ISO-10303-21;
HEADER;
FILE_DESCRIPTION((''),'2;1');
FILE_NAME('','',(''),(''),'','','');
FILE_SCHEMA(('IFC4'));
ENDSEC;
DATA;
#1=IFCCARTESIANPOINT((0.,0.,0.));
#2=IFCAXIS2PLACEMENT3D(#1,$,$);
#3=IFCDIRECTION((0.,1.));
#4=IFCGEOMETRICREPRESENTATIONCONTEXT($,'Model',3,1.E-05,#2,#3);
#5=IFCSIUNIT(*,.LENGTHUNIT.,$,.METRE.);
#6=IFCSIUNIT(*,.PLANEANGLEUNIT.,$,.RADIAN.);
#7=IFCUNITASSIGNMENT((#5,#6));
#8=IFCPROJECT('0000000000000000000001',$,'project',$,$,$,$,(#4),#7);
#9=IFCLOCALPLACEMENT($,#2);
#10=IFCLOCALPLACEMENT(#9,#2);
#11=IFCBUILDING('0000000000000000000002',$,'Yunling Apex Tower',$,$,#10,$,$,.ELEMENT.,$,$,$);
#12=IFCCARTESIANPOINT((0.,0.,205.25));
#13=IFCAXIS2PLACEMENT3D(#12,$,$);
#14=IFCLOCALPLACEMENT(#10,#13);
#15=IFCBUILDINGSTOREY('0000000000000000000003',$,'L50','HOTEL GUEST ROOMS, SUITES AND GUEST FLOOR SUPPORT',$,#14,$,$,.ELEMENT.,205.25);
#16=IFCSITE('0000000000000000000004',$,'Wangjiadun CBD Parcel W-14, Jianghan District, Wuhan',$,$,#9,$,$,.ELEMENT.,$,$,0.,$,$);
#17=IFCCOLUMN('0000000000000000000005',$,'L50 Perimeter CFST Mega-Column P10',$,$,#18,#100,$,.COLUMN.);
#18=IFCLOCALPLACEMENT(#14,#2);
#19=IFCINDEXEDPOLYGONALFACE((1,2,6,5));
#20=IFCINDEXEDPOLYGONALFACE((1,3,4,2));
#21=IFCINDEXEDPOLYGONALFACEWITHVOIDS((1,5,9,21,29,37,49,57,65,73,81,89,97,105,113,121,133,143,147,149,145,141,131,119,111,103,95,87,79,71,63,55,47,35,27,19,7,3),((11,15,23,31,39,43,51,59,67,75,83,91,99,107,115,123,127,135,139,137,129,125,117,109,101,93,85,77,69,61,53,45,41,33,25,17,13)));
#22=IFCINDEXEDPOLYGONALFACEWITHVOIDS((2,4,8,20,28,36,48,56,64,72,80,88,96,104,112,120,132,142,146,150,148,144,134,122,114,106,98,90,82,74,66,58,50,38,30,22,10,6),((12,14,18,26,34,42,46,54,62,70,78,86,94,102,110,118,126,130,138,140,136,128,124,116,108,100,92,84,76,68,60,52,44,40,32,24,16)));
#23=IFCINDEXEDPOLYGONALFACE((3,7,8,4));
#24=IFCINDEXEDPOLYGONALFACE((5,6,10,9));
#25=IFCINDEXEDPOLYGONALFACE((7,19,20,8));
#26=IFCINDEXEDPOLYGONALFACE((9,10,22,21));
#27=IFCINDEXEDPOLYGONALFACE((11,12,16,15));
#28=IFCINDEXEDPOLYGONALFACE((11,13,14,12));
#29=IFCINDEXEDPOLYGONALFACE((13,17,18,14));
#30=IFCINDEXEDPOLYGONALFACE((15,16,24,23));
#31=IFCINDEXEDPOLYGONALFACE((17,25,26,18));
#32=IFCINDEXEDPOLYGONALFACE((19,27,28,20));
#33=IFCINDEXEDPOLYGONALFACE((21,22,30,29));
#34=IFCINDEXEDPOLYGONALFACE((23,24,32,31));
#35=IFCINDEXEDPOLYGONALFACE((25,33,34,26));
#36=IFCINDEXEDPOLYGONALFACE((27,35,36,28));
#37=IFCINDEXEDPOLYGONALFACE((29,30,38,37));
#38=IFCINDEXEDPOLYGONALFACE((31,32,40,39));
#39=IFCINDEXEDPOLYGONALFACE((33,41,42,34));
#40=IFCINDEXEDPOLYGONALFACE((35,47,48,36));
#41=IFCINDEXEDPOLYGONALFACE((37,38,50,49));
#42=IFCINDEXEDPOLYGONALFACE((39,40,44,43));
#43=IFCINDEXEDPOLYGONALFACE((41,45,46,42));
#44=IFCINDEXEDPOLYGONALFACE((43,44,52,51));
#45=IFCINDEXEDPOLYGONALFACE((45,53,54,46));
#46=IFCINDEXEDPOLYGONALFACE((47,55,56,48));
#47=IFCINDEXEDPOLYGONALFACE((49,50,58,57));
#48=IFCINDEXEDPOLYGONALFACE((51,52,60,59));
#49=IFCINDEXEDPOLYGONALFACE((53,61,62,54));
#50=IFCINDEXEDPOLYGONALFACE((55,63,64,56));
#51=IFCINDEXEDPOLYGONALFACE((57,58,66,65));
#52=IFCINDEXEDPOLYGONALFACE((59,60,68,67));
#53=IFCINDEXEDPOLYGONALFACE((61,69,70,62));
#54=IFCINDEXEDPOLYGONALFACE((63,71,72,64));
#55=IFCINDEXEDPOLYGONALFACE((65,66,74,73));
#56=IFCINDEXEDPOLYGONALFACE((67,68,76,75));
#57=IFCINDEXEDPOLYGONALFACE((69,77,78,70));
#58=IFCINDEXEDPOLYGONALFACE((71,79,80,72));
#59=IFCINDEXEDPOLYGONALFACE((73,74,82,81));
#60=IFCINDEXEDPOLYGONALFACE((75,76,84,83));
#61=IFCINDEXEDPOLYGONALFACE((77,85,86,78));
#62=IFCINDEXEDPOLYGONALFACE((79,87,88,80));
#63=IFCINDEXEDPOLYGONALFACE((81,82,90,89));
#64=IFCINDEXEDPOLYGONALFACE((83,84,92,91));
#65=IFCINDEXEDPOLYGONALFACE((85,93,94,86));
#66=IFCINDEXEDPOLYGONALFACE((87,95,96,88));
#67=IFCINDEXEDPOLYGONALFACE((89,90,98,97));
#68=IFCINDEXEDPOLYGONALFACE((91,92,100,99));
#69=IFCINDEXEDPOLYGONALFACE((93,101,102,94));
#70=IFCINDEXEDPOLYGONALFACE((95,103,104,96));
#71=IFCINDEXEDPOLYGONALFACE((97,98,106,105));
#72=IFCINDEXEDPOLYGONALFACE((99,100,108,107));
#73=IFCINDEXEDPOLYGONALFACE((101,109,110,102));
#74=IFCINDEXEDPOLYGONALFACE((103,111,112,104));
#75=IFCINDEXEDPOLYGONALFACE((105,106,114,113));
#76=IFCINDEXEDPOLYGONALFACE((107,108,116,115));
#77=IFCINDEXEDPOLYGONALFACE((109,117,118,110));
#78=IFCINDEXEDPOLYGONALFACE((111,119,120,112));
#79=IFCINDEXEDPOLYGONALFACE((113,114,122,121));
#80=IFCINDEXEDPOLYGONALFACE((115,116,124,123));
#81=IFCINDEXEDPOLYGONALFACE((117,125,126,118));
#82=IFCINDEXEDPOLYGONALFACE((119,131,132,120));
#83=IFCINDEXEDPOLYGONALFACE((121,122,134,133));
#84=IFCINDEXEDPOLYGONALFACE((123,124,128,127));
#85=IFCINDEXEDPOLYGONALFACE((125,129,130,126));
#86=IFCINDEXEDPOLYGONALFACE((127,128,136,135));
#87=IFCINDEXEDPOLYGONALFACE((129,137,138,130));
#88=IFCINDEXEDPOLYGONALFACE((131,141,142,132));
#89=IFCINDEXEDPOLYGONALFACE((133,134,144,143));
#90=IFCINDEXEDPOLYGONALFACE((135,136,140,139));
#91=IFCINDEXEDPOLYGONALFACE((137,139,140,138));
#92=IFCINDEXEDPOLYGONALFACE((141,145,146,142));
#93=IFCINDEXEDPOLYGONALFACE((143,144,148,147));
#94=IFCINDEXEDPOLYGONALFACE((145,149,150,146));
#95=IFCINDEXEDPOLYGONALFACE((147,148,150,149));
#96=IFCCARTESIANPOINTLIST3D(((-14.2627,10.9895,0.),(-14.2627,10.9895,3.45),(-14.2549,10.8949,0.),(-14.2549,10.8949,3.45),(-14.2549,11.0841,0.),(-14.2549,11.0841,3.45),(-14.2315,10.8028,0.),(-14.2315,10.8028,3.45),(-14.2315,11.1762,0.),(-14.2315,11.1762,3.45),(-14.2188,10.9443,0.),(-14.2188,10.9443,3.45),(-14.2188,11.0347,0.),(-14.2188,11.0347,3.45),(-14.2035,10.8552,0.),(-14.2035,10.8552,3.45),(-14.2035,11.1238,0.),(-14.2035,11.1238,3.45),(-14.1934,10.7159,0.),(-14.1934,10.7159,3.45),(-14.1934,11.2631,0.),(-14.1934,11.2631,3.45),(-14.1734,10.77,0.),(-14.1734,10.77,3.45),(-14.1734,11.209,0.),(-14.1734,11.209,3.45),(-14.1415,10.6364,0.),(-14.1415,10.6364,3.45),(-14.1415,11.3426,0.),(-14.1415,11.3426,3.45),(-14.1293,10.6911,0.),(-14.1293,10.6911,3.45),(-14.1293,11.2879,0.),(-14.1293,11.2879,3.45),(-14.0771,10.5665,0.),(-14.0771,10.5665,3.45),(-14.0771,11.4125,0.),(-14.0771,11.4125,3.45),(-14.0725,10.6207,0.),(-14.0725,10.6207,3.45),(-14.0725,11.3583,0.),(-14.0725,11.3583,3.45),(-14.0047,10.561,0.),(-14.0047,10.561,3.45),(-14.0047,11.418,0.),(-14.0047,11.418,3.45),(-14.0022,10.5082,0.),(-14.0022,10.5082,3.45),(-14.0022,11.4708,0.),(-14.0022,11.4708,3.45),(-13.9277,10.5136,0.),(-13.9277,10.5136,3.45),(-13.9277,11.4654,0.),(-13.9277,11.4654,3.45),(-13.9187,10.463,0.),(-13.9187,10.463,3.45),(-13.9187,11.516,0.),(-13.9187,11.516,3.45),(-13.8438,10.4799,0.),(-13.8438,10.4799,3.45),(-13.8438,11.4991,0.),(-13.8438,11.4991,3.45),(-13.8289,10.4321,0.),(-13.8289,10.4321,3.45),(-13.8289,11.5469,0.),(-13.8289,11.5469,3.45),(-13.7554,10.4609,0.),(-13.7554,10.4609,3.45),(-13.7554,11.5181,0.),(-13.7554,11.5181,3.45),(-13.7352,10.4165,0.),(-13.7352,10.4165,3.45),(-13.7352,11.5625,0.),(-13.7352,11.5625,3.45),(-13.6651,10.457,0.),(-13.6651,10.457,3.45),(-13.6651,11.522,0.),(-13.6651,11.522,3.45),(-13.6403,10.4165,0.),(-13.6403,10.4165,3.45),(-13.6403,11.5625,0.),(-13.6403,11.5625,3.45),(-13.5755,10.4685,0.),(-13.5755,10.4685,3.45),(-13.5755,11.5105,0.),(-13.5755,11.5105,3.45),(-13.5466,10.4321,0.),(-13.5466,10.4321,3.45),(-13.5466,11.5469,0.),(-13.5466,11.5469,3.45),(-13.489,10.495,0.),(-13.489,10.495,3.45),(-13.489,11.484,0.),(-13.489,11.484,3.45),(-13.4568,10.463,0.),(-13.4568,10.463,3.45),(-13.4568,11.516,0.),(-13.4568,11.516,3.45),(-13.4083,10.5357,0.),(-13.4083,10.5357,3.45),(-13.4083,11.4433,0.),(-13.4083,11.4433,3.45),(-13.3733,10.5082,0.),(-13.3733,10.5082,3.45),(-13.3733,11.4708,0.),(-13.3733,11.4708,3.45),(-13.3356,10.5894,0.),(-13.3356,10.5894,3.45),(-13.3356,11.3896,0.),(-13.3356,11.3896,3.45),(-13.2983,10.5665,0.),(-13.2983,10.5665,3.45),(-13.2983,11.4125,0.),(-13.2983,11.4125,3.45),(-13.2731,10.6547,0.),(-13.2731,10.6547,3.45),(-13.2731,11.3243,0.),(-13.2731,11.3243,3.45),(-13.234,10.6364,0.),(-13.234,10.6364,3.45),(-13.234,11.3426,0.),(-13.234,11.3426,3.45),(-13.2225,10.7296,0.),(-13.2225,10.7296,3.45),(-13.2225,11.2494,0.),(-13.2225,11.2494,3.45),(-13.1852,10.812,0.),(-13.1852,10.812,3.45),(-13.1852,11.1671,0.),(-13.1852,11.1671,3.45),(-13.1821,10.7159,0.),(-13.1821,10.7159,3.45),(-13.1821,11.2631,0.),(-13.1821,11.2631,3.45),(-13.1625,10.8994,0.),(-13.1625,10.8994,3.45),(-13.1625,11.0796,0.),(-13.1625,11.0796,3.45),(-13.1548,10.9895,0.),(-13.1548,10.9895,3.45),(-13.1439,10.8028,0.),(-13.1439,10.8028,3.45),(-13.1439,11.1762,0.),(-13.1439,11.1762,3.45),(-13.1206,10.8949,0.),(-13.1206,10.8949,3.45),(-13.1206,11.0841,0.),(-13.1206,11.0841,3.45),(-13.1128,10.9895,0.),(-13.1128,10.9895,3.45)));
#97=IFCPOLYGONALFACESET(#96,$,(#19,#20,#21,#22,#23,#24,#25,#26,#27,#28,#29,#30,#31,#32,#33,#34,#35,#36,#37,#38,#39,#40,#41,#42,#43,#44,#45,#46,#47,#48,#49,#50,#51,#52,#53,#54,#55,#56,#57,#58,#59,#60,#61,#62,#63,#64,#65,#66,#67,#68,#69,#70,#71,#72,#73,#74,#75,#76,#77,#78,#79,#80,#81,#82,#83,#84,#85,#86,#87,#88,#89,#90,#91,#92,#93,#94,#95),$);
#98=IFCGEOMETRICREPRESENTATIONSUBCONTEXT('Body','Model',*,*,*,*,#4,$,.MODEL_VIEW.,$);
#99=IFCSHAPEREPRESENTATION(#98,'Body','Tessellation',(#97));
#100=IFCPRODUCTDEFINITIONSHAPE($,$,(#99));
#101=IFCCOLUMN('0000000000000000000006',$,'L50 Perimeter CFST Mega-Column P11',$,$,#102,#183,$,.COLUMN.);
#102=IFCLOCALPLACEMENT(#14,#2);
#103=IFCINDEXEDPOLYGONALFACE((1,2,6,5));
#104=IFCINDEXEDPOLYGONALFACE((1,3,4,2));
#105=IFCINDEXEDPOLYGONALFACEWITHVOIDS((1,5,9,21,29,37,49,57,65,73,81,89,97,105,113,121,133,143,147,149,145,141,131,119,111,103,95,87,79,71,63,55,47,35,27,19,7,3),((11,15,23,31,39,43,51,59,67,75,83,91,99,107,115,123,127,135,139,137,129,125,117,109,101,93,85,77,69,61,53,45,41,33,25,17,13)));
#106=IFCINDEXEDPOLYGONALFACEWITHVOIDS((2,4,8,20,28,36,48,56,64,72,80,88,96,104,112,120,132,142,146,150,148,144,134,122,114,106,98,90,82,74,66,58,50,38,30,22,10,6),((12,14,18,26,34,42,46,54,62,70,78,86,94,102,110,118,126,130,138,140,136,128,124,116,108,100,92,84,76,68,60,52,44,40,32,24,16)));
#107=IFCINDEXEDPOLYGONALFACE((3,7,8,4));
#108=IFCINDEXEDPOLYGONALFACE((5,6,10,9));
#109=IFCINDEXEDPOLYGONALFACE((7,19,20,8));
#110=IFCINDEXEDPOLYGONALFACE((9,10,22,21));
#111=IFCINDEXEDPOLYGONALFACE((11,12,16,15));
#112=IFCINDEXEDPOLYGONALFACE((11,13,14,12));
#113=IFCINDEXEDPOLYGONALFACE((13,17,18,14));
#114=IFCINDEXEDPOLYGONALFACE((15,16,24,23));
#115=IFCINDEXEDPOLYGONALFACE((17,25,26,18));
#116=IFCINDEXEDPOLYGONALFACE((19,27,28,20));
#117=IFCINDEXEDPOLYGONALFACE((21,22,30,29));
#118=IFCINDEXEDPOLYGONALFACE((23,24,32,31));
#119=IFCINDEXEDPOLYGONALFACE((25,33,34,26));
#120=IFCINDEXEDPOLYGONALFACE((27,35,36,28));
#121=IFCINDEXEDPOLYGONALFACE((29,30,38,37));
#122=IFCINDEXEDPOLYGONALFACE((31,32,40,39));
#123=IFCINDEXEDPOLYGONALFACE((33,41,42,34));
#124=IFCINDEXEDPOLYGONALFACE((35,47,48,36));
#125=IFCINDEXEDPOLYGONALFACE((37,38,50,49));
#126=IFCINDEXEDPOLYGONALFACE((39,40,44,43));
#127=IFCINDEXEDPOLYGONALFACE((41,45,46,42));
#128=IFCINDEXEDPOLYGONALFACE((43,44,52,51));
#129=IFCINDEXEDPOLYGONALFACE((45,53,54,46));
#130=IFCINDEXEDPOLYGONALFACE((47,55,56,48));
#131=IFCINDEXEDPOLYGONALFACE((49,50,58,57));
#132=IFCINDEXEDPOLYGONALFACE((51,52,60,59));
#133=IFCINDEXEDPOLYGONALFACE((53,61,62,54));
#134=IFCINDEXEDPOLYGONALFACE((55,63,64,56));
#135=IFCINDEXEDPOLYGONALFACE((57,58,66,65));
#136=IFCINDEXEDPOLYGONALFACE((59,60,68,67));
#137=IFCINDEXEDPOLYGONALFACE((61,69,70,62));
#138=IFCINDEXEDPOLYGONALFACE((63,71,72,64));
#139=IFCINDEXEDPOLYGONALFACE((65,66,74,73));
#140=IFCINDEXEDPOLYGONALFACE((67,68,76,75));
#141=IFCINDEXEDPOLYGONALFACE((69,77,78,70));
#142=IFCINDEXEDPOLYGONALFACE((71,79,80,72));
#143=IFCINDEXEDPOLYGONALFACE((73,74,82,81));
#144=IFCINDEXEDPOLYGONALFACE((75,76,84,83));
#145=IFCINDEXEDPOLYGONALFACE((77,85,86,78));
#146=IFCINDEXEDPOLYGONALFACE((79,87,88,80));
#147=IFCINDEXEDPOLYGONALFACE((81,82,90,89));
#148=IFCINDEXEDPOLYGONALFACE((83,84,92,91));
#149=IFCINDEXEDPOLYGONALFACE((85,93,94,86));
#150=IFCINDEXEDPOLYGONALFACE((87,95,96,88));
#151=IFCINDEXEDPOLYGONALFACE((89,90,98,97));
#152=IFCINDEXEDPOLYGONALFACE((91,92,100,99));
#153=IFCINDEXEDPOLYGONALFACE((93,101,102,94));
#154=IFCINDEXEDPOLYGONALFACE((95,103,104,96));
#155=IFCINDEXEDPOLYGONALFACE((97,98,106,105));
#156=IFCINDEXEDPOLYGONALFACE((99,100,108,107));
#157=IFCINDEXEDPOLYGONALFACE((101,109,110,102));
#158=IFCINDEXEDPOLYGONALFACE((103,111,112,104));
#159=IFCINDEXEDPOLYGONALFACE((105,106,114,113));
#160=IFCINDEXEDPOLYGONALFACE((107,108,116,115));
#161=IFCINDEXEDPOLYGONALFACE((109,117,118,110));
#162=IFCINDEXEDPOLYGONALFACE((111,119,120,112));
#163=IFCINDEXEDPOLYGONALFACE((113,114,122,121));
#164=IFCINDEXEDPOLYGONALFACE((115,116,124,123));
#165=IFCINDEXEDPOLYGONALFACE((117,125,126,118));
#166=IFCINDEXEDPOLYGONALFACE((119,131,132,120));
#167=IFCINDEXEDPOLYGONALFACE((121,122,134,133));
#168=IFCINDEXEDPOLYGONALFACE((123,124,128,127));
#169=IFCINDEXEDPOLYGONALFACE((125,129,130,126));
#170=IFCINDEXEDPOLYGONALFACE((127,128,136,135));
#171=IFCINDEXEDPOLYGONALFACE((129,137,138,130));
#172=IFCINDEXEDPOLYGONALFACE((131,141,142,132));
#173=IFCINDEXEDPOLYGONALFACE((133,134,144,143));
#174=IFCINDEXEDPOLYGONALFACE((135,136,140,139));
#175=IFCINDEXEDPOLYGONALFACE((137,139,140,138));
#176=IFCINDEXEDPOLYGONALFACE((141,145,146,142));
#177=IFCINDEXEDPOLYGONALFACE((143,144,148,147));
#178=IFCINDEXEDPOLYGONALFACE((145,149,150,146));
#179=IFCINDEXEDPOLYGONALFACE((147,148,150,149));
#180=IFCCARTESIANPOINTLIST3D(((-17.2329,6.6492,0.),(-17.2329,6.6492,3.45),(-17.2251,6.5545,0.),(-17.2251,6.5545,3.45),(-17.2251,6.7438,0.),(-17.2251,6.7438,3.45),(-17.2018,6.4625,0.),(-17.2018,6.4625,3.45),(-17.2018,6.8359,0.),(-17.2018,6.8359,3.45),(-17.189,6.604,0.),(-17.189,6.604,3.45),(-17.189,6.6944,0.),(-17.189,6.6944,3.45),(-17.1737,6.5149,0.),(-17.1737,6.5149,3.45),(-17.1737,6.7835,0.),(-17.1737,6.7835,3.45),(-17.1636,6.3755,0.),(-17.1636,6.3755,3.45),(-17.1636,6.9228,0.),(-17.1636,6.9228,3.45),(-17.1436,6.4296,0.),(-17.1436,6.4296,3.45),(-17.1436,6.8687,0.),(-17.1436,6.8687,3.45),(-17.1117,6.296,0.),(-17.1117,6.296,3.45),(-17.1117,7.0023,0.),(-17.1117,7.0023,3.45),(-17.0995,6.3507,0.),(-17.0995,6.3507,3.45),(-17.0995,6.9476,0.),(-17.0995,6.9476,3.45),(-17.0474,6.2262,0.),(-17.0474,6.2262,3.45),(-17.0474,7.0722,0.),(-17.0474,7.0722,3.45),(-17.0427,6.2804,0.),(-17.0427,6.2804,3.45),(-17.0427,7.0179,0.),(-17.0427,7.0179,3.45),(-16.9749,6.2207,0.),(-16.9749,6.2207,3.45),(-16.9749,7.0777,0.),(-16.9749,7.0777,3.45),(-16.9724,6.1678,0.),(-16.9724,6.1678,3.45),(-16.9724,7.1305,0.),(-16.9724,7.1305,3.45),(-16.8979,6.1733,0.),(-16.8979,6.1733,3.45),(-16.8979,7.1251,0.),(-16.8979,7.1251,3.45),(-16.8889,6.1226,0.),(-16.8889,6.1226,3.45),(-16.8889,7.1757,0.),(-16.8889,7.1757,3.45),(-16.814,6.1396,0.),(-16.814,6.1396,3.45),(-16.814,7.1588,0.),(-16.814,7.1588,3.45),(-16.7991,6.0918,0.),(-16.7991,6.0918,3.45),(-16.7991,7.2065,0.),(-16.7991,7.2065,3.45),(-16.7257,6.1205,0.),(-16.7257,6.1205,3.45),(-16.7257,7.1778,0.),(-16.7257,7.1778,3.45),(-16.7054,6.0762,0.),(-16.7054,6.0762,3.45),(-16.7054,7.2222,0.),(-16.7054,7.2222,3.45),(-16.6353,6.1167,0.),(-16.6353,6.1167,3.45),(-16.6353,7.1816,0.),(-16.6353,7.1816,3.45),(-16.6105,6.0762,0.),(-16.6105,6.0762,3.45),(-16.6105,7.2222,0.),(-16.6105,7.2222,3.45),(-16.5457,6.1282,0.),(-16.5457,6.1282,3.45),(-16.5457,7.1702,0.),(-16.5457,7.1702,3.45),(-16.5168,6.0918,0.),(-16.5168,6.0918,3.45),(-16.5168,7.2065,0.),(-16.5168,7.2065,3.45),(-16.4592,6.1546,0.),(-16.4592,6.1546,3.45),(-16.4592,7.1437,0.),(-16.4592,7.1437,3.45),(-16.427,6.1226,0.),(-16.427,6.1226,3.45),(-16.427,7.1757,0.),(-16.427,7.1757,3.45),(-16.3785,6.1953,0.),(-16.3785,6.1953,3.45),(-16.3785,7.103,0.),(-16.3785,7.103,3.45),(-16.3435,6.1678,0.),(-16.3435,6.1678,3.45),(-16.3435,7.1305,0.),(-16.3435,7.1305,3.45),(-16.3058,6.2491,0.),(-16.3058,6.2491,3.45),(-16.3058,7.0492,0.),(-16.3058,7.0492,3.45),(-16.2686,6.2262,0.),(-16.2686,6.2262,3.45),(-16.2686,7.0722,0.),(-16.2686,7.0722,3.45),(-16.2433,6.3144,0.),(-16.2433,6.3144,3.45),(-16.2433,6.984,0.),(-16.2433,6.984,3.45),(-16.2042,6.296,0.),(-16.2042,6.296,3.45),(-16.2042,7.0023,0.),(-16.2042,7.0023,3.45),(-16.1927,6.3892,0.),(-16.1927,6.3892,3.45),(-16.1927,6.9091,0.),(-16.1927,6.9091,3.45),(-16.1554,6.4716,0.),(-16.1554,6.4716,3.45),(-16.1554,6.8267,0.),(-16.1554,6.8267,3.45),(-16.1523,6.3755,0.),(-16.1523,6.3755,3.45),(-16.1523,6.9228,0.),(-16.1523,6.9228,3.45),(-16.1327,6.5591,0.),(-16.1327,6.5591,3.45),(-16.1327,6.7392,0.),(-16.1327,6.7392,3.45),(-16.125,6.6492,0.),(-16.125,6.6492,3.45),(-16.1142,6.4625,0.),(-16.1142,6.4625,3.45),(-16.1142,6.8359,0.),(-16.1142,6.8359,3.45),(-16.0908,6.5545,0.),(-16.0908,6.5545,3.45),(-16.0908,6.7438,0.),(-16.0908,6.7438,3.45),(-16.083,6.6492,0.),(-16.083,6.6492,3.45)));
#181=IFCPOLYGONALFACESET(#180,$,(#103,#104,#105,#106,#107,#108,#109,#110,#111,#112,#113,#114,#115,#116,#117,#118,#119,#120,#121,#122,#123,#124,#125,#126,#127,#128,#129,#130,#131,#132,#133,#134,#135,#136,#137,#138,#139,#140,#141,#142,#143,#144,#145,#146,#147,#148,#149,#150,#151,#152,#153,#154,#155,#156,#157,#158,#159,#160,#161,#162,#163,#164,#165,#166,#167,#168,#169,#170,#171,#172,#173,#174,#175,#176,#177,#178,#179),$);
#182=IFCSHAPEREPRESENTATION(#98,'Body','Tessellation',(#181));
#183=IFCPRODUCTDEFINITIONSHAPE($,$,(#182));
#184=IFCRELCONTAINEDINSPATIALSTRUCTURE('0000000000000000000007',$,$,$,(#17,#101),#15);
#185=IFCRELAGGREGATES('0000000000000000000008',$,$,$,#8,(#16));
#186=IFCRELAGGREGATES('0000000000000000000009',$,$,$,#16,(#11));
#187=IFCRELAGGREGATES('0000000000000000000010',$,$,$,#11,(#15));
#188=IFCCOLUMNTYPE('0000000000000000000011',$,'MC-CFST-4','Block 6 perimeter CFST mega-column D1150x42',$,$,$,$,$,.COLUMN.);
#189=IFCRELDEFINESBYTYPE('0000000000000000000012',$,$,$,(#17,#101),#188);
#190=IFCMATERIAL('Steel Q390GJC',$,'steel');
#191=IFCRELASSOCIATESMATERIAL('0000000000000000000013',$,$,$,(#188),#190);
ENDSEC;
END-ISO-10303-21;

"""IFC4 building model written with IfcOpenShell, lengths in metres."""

from ifc_helpers import new_model, si_unit, direction, frame, origin, origin_2d, place, context, subcontext, project, spatial, hollow_circle, extrude, source, transform, mapped, material, material_profile, profile_set, type_object, element, save


model = new_model("IFC4")

# Units and contexts
model_context = context("Model", 3, precision=1e-05, world=origin(), true_north=direction((0.0, 1.0)))
body_context = subcontext(model_context, "Body", "Model", "MODEL_VIEW")
ifc_project = project(units=[si_unit("LENGTHUNIT", "METRE"), si_unit("PLANEANGLEUNIT", "RADIAN")], contexts=[model_context])

# Site, building, storey
site_placement = place(None, origin())
site = spatial("IfcSite", under=ifc_project, at=site_placement, Name="Wangjiadun CBD Parcel W-14, Jianghan District, Wuhan", CompositionType="ELEMENT", RefElevation=0.0)
building_placement = place(site_placement, origin())
building = spatial("IfcBuilding", under=site, at=building_placement, Name="Yunling Apex Tower", CompositionType="ELEMENT")
storey_placement = place(building_placement, frame((0.0, 0.0, 205.25)))
storey = spatial("IfcBuildingStorey", under=building, at=storey_placement, Name="L50", Description="HOTEL GUEST ROOMS, SUITES AND GUEST FLOOR SUPPORT", CompositionType="ELEMENT", Elevation=205.25)

# Columns
ifc_material_1 = material(Name="Steel Q390GJC", Category="steel")
ifc_material_profile_1 = material_profile(ifc_material_1, hollow_circle(Radius=0.575, WallThickness=0.042, at=origin_2d()))
ifc_profile_set_1 = profile_set([ifc_material_profile_1], Name="Steel Q390GJC")
column_type = type_object("IfcColumnType", Name="MC-CFST-4", Description="Block 6 perimeter CFST mega-column D1150x42", PredefinedType="COLUMN", material=ifc_profile_set_1)
shared_shape_1 = source(origin(), body_context, "Body", "SweptSolid", [
    extrude(hollow_circle(Radius=0.575, WallThickness=0.042, at=origin_2d()), origin(), (0.0, 0.0, 1.0), 3.45),
])
for number, where, z_axis, x_axis, name in (
    (1, (-13.6877, 10.9895, 0.0), (0.0, 0.0, 1.0), (1.0, 0.0, 0.0), "L50 Perimeter CFST Mega-Column P10"),
    (2, (-16.658, 6.6492, 0.0), (0.0, 0.0, 1.0), (1.0, 0.0, 0.0), "L50 Perimeter CFST Mega-Column P11"),
):
    element("IfcColumn", number, at=place(storey_placement, frame(where, z_axis=z_axis, x_axis=x_axis)), inside=storey, type_object=column_type, Name=name, PredefinedType="COLUMN", context=body_context, shape_type="MappedRepresentation", body=[
        mapped(shared_shape_1, transform((0.0, 0.0, 0.0), scale=1.0)),
    ])

save(model, "model.ifc")
